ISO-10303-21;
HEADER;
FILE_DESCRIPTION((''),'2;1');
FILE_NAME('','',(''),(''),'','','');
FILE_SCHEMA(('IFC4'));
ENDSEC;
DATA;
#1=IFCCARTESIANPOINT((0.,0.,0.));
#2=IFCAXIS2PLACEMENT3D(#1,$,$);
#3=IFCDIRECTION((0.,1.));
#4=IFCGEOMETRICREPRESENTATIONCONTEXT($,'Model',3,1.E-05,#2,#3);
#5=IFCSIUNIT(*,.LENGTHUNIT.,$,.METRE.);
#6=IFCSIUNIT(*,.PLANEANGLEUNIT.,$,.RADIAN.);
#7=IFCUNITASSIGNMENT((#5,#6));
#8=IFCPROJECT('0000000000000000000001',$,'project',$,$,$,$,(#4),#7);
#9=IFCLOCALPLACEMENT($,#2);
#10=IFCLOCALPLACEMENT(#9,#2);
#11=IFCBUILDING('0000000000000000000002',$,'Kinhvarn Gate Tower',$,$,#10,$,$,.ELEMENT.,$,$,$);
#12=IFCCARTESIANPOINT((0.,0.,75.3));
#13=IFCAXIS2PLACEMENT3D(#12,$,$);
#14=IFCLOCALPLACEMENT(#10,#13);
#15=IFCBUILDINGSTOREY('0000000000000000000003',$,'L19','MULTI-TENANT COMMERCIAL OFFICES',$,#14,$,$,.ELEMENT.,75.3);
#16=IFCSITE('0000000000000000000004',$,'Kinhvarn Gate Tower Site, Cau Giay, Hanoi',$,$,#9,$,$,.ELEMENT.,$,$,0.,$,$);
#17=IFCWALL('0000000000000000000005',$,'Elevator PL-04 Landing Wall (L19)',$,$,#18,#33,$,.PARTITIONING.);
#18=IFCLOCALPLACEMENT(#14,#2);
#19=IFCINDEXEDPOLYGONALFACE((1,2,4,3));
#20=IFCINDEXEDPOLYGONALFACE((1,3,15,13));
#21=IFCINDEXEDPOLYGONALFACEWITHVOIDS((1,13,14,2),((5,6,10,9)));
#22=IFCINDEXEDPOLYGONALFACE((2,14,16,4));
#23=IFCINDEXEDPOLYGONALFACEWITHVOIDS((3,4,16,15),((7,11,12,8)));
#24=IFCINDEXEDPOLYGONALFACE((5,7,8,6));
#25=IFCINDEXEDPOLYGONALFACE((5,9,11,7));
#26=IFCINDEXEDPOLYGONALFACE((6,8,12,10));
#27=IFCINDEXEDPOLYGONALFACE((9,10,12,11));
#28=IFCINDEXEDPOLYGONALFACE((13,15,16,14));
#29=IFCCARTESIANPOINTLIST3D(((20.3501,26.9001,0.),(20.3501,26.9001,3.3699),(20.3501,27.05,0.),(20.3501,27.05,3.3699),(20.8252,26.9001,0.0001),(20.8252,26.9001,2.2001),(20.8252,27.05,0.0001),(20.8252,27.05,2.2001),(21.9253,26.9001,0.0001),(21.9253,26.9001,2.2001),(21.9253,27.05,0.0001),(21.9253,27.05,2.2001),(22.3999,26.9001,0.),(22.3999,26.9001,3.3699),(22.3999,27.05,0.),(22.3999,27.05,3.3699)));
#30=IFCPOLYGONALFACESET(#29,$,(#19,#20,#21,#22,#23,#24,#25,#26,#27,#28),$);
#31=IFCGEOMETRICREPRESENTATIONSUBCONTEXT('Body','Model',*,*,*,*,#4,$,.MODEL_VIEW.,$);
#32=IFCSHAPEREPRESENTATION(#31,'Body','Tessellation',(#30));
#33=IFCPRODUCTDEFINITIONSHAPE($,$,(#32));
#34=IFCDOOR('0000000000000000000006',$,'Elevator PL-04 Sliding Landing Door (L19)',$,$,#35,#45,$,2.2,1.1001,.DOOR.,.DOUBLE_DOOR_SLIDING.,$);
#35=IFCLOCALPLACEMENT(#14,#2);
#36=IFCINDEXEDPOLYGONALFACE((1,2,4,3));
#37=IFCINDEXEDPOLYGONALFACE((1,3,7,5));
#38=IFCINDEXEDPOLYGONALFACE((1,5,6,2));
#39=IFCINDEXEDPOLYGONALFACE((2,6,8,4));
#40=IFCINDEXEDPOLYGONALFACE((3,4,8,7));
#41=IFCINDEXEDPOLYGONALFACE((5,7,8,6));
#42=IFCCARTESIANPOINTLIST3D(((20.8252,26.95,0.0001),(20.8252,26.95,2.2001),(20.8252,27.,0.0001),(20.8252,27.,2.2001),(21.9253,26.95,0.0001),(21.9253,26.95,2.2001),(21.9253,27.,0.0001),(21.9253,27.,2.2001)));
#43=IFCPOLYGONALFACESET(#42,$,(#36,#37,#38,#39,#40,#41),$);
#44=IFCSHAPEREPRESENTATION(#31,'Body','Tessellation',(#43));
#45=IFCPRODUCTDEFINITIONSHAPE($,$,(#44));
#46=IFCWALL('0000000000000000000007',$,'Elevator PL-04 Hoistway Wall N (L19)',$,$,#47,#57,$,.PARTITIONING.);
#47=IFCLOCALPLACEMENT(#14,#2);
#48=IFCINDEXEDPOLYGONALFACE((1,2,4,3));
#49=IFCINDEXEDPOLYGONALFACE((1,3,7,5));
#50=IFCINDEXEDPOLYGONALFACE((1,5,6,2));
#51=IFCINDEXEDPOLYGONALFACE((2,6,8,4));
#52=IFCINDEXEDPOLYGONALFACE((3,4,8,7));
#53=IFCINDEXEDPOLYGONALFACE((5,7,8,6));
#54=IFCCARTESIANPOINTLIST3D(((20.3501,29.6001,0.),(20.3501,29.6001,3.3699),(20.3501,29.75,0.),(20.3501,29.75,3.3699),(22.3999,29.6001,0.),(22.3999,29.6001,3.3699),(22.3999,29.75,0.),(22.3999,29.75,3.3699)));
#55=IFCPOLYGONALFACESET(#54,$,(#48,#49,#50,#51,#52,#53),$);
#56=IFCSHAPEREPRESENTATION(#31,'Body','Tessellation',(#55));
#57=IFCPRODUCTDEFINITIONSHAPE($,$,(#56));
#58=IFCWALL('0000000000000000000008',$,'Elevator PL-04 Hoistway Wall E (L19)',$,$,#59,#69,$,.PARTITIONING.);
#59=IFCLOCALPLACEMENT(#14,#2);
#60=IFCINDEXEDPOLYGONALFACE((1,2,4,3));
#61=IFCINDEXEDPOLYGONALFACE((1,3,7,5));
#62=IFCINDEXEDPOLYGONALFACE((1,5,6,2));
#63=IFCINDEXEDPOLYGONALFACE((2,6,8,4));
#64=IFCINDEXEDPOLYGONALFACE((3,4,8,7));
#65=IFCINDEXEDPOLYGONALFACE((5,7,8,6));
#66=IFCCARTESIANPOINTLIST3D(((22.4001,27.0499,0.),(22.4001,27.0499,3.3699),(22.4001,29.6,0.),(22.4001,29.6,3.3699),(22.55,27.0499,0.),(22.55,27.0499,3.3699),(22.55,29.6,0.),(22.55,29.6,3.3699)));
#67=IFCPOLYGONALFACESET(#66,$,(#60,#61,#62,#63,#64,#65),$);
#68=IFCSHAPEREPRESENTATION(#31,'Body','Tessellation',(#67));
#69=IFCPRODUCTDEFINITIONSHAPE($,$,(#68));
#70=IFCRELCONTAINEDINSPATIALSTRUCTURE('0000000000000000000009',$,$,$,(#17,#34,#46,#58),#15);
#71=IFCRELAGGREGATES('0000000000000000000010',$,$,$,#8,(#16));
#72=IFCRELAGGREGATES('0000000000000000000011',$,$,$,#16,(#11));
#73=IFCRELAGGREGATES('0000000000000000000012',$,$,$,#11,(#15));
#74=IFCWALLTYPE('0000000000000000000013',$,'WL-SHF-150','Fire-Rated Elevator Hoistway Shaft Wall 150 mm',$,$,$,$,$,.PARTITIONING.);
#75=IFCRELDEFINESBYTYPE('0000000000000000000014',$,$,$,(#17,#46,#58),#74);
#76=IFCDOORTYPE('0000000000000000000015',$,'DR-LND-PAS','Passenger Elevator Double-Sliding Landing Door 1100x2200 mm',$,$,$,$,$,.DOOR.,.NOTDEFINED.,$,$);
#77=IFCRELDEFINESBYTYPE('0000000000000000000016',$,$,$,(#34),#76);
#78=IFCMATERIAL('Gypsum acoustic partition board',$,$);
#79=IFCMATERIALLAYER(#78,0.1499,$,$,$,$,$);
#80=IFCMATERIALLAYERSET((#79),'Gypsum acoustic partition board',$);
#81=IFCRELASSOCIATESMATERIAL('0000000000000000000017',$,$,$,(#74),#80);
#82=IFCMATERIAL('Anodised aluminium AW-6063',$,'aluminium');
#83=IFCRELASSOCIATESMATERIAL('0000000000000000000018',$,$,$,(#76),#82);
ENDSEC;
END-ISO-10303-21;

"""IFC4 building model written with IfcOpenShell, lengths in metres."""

from ifc_helpers import new_model, si_unit, direction, frame, frame_2d, origin, place, context, subcontext, project, spatial, rectangle, extrude, material, layer, layer_set, type_object, element, fill, save


model = new_model("IFC4")

# Units and contexts
model_context = context("Model", 3, precision=1e-05, world=origin(), true_north=direction((0.0, 1.0)))
body_context = subcontext(model_context, "Body", "Model", "MODEL_VIEW")
ifc_project = project(units=[si_unit("LENGTHUNIT", "METRE"), si_unit("PLANEANGLEUNIT", "RADIAN")], contexts=[model_context])

# Site, building, storey
site_placement = place(None, origin())
site = spatial("IfcSite", under=ifc_project, at=site_placement, Name="Kinhvarn Gate Tower Site, Cau Giay, Hanoi", CompositionType="ELEMENT", RefElevation=0.0)
building_placement = place(site_placement, origin())
building = spatial("IfcBuilding", under=site, at=building_placement, Name="Kinhvarn Gate Tower", CompositionType="ELEMENT")
storey_placement = place(building_placement, frame((0.0, 0.0, 75.3)))
storey = spatial("IfcBuildingStorey", under=building, at=storey_placement, Name="L19", Description="MULTI-TENANT COMMERCIAL OFFICES", CompositionType="ELEMENT", Elevation=75.3)

# Shared definitions
ifc_material_1 = material(Name="Gypsum acoustic partition board")

# Shared definitions
ifc_material_2 = material(Name="Anodised aluminium AW-6063", Category="aluminium")

# Shared definitions
ifc_layer_1 = layer(ifc_material_1, 0.1499)
ifc_layer_set_1 = layer_set([ifc_layer_1], Name="Gypsum acoustic partition board")
wall_type_1 = type_object("IfcWallType", Name="WL-SHF-150", Description="Fire-Rated Elevator Hoistway Shaft Wall 150 mm", PredefinedType="PARTITIONING", material=ifc_layer_set_1)

# Wall, opening, door
wall_1_placement = place(storey_placement, frame((20.3501, 26.9751, 0.0), z_axis=(0.0, 0.0, 1.0), x_axis=(1.0, 0.0, 0.0)))
wall_1 = element("IfcWall", 1, at=wall_1_placement, inside=storey, type_object=wall_type_1, Name="Elevator PL-04 Landing Wall (L19)", PredefinedType="PARTITIONING", context=body_context, shape_type="SweptSolid", body=[
    extrude(rectangle(XDim=2.0498, YDim=0.1499, at=frame_2d((1.0249, 0.0))), origin(), (0.0, 0.0, 1.0), 3.3699),
])
opening_1_placement = place(wall_1_placement, frame((0.4751, 0.0, 0.0)))
opening_1 = element("IfcOpeningElement", 2, at=opening_1_placement, cuts=wall_1, PredefinedType="OPENING", context=body_context, shape_type="SweptSolid", body=[
    extrude(rectangle(XDim=1.1001, YDim=2.2, at=frame_2d((0.55, 1.1001))), frame((0.0, 0.085, 0.0), z_axis=(0.0, -1.0, 0.0), x_axis=(1.0, 0.0, 0.0)), (0.0, 0.0, 1.0), 0.1699),
])
door_type_1 = type_object("IfcDoorType", Name="DR-LND-PAS", Description="Passenger Elevator Double-Sliding Landing Door 1100x2200 mm", OperationType="NOTDEFINED", PredefinedType="DOOR", material=ifc_material_2)
door_1_placement = place(opening_1_placement, origin())
door_1 = element("IfcDoor", 3, at=door_1_placement, inside=storey, type_object=door_type_1, Name="Elevator PL-04 Sliding Landing Door (L19)", OperationType="DOUBLE_DOOR_SLIDING", OverallHeight=2.2, OverallWidth=1.1001, PredefinedType="DOOR", context=body_context, shape_type="SweptSolid", body=[
    extrude(rectangle(XDim=1.1001, YDim=2.2, at=frame_2d((0.55, 1.1001))), frame((0.0, 0.0249, 0.0), z_axis=(0.0, -1.0, 0.0), x_axis=(1.0, 0.0, 0.0)), (0.0, 0.0, 1.0), 0.05),
])
fill(opening_1, door_1)

# Walls
wall_2_placement = place(storey_placement, frame((20.3501, 29.675, 0.0), z_axis=(0.0, 0.0, 1.0), x_axis=(1.0, 0.0, 0.0)))
element("IfcWall", 4, at=wall_2_placement, inside=storey, type_object=wall_type_1, Name="Elevator PL-04 Hoistway Wall N (L19)", PredefinedType="PARTITIONING", context=body_context, shape_type="SweptSolid", body=[
    extrude(rectangle(XDim=2.0498, YDim=0.1499, at=frame_2d((1.0249, 0.0))), origin(), (0.0, 0.0, 1.0), 3.3699),
])
wall_3_placement = place(storey_placement, frame((22.4751, 27.05, 0.0), z_axis=(0.0, 0.0, 1.0), x_axis=(0.0, 1.0, 0.0)))
element("IfcWall", 5, at=wall_3_placement, inside=storey, type_object=wall_type_1, Name="Elevator PL-04 Hoistway Wall E (L19)", PredefinedType="PARTITIONING", context=body_context, shape_type="SweptSolid", body=[
    extrude(rectangle(XDim=2.55, YDim=0.1499, at=frame_2d((1.2749, 0.0))), origin(), (0.0, 0.0, 1.0), 3.3699),
])

save(model, "model.ifc")
